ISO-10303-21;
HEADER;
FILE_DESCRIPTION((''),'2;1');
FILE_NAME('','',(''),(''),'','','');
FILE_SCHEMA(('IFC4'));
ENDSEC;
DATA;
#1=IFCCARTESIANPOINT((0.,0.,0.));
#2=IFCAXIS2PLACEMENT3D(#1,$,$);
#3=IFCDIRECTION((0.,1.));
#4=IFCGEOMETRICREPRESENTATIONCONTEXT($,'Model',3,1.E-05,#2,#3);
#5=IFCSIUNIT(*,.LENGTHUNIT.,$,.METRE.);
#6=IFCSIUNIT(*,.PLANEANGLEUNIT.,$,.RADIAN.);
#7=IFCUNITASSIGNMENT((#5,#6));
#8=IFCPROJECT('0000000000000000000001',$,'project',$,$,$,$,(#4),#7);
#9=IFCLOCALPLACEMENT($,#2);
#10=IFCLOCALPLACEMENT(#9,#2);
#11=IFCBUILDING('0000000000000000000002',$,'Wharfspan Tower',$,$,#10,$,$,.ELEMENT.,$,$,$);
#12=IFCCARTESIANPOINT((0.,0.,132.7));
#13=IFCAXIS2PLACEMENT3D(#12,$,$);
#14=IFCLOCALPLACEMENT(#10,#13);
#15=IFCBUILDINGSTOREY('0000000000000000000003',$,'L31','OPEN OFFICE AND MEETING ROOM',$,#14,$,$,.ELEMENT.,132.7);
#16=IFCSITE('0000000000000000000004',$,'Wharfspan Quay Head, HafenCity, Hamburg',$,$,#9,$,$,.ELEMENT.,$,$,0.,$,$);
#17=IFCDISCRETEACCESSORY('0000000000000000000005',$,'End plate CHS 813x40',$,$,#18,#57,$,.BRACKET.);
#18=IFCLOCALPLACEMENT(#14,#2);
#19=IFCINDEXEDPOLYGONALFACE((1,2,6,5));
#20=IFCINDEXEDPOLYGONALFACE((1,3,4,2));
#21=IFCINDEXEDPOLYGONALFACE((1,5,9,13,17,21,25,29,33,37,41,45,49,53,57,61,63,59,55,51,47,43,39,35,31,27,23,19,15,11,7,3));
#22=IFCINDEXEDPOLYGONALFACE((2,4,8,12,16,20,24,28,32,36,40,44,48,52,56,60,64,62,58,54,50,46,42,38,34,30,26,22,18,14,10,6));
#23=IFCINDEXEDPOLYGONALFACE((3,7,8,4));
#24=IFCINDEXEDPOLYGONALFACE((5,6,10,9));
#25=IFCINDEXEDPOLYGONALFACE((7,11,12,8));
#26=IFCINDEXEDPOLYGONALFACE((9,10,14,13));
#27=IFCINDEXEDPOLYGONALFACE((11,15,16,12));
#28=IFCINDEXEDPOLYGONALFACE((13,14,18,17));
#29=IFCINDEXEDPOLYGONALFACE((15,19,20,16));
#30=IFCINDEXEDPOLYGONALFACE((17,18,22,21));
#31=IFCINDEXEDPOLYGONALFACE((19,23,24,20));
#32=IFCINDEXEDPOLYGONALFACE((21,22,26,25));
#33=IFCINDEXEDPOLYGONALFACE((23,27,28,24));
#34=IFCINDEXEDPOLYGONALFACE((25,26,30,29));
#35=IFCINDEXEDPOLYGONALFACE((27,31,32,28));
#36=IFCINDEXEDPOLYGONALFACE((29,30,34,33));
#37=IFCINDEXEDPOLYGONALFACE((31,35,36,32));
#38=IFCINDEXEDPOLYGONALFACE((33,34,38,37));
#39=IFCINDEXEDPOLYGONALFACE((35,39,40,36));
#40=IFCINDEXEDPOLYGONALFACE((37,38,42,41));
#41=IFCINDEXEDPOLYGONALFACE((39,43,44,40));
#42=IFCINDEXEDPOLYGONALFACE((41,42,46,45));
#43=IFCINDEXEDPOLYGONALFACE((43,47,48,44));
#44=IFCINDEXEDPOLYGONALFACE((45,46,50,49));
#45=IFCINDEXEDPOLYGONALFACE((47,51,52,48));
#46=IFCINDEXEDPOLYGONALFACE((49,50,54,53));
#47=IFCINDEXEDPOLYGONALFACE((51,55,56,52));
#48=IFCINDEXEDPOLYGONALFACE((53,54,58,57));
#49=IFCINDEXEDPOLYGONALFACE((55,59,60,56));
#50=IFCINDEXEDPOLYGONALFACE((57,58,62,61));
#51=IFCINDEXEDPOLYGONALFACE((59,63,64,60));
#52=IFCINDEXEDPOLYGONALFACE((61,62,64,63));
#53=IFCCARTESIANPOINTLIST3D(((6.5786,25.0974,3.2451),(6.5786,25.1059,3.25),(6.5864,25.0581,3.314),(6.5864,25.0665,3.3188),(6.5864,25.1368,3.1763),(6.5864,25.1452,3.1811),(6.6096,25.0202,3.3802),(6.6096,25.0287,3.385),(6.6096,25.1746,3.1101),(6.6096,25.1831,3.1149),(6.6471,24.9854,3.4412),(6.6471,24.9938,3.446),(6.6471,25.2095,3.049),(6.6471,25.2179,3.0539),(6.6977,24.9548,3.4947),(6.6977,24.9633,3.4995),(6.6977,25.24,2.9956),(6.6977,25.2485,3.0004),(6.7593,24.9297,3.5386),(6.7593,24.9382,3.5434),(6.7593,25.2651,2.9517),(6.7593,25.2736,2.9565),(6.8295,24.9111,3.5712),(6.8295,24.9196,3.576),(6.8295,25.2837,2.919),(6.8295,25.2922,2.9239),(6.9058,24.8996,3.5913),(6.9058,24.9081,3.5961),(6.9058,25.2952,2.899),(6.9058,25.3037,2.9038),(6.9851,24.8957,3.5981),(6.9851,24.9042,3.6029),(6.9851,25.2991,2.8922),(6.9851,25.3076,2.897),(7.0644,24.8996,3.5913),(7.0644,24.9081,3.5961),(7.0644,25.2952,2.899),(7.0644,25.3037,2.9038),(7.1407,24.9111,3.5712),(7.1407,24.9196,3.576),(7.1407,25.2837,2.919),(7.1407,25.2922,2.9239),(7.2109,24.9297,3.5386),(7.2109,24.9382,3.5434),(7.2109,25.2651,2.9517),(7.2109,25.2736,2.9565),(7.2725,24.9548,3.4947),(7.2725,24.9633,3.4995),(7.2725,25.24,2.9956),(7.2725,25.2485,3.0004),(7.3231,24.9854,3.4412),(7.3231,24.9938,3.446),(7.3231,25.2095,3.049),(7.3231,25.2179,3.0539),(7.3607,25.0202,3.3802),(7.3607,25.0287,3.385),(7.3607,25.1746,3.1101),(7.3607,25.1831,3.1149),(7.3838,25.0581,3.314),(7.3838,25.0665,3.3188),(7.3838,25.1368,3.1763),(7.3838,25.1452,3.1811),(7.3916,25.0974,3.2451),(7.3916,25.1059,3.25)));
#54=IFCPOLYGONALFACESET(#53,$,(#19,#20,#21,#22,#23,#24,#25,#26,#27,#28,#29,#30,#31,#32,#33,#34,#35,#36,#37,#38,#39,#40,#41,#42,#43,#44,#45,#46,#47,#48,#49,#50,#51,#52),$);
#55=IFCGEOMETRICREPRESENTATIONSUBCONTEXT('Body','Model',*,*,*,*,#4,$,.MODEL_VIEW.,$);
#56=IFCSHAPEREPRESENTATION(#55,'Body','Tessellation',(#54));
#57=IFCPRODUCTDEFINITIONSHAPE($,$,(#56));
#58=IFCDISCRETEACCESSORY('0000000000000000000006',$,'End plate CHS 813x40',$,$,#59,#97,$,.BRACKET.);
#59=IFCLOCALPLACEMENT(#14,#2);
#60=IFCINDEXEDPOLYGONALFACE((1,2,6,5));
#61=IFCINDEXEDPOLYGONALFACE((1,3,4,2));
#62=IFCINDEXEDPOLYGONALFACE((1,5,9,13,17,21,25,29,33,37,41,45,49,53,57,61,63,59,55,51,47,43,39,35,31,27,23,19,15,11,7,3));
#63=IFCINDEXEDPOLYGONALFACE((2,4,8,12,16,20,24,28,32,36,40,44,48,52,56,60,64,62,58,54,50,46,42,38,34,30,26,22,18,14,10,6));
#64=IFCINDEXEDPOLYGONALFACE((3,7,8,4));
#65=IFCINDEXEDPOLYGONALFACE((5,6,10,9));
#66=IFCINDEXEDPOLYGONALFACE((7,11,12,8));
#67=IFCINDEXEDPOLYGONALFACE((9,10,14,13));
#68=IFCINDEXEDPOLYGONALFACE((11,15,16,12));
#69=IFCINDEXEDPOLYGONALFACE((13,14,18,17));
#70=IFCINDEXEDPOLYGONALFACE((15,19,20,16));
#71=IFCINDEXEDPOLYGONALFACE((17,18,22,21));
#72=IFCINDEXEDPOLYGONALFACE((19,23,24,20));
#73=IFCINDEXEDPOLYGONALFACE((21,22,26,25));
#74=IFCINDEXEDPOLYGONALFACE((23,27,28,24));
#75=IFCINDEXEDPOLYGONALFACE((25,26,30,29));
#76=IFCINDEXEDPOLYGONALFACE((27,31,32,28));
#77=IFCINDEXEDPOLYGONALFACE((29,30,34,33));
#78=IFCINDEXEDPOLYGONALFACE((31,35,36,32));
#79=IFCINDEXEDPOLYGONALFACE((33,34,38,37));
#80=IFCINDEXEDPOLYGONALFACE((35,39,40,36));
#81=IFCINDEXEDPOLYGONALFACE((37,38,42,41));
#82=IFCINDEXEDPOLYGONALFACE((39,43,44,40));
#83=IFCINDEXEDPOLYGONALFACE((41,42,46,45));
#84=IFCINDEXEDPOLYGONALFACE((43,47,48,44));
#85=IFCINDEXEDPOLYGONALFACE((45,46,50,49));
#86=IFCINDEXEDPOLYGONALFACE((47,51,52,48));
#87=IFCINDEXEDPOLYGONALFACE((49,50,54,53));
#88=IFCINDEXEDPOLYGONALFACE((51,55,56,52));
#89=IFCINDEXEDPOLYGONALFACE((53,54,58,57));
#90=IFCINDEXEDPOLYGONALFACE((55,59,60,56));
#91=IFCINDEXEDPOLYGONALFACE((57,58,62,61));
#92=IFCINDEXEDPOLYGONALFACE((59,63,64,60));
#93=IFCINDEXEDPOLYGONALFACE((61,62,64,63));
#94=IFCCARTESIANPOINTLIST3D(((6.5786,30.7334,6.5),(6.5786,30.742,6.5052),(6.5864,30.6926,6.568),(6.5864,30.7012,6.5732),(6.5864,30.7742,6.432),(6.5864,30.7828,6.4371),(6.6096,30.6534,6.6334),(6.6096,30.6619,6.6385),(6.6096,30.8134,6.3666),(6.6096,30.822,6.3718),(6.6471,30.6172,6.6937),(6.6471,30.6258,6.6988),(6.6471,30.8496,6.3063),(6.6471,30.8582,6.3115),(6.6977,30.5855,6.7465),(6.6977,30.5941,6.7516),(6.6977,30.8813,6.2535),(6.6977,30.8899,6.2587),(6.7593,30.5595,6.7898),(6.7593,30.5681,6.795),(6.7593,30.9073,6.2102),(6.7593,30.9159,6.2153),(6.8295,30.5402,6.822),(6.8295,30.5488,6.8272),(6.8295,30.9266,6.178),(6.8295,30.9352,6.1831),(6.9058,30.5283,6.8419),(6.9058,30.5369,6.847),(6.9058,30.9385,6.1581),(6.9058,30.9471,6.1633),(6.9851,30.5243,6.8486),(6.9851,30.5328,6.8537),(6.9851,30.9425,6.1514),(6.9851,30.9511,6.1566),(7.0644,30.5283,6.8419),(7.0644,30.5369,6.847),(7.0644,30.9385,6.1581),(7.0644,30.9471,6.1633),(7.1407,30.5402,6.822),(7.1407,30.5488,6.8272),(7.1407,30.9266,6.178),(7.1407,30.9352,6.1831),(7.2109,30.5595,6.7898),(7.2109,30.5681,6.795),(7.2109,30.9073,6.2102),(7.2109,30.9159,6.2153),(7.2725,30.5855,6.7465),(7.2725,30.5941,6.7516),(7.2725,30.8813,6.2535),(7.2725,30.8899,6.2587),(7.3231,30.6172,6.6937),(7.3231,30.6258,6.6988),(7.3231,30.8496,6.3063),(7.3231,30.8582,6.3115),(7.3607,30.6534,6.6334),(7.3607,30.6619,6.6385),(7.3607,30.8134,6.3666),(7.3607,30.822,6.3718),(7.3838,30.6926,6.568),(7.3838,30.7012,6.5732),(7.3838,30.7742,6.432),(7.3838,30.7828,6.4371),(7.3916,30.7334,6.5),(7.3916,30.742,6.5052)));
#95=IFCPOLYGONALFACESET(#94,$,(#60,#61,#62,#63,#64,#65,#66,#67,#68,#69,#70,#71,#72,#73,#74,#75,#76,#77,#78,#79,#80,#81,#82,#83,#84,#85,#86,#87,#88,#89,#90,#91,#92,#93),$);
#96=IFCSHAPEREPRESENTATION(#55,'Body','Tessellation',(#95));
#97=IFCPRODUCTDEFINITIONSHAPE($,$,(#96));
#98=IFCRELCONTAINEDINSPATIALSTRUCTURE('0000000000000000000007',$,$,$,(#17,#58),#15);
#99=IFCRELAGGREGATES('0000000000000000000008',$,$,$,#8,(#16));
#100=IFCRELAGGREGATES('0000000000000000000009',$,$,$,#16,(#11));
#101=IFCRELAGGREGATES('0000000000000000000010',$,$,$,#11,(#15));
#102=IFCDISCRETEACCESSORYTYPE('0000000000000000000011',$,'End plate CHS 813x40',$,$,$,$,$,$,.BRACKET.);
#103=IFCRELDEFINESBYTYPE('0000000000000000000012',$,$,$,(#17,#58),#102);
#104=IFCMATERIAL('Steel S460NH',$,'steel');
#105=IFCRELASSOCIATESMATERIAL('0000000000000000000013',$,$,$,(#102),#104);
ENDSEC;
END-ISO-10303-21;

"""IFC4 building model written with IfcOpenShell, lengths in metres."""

from ifc_helpers import new_model, si_unit, direction, frame, origin, origin_2d, place, context, subcontext, project, spatial, circle, extrude, material, material_profile, profile_set, type_object, element, save


model = new_model("IFC4")

# Units and contexts
model_context = context("Model", 3, precision=1e-05, world=origin(), true_north=direction((0.0, 1.0)))
body_context = subcontext(model_context, "Body", "Model", "MODEL_VIEW")
ifc_project = project(units=[si_unit("LENGTHUNIT", "METRE"), si_unit("PLANEANGLEUNIT", "RADIAN")], contexts=[model_context])

# Site, building, storey
site_placement = place(None, origin())
site = spatial("IfcSite", under=ifc_project, at=site_placement, Name="Wharfspan Quay Head, HafenCity, Hamburg", CompositionType="ELEMENT", RefElevation=0.0)
building_placement = place(site_placement, origin())
building = spatial("IfcBuilding", under=site, at=building_placement, Name="Wharfspan Tower", CompositionType="ELEMENT")
storey_placement = place(building_placement, frame((0.0, 0.0, 132.7)))
storey = spatial("IfcBuildingStorey", under=building, at=storey_placement, Name="L31", Description="OPEN OFFICE AND MEETING ROOM", CompositionType="ELEMENT", Elevation=132.7)

# Shared definitions
ifc_material_1 = material(Name="Steel S460NH", Category="steel")

# Discrete accessories
ifc_material_profile_1 = material_profile(ifc_material_1, circle(Radius=0.4065, at=origin_2d()))
ifc_profile_set_1 = profile_set([ifc_material_profile_1], Name="Steel S460NH")
discrete_accessory_type = type_object("IfcDiscreteAccessoryType", Name="End plate CHS 813x40", PredefinedType="BRACKET", material=ifc_profile_set_1)
for number, where, z_axis, x_axis, name in (
    (1, (6.9851, 25.0974, 3.2451), (0.0, 0.868243, 0.496139), (-1.0, 0.0, 0.0), "End plate CHS 813x40"),
):
    element("IfcDiscreteAccessory", number, at=place(storey_placement, frame(where, z_axis=z_axis, x_axis=x_axis)), inside=storey, type_object=discrete_accessory_type, Name=name, PredefinedType="BRACKET", context=body_context, shape_type="SweptSolid", body=[
        extrude(circle(Radius=0.4065, at=origin_2d()), origin(), (0.0, 0.0, 1.0), 0.0098),
    ])
discrete_accessory_placement = place(storey_placement, frame((6.9851, 30.7334, 6.5), z_axis=(0.0, 0.857493, 0.514496), x_axis=(-1.0, 0.0, 0.0)))
element("IfcDiscreteAccessory", 2, at=discrete_accessory_placement, inside=storey, type_object=discrete_accessory_type, Name="End plate CHS 813x40", PredefinedType="BRACKET", context=body_context, shape_type="SweptSolid", body=[
    extrude(circle(Radius=0.4065, at=origin_2d()), origin(), (0.0, 0.0, 1.0), 0.01),
])

save(model, "model.ifc")
